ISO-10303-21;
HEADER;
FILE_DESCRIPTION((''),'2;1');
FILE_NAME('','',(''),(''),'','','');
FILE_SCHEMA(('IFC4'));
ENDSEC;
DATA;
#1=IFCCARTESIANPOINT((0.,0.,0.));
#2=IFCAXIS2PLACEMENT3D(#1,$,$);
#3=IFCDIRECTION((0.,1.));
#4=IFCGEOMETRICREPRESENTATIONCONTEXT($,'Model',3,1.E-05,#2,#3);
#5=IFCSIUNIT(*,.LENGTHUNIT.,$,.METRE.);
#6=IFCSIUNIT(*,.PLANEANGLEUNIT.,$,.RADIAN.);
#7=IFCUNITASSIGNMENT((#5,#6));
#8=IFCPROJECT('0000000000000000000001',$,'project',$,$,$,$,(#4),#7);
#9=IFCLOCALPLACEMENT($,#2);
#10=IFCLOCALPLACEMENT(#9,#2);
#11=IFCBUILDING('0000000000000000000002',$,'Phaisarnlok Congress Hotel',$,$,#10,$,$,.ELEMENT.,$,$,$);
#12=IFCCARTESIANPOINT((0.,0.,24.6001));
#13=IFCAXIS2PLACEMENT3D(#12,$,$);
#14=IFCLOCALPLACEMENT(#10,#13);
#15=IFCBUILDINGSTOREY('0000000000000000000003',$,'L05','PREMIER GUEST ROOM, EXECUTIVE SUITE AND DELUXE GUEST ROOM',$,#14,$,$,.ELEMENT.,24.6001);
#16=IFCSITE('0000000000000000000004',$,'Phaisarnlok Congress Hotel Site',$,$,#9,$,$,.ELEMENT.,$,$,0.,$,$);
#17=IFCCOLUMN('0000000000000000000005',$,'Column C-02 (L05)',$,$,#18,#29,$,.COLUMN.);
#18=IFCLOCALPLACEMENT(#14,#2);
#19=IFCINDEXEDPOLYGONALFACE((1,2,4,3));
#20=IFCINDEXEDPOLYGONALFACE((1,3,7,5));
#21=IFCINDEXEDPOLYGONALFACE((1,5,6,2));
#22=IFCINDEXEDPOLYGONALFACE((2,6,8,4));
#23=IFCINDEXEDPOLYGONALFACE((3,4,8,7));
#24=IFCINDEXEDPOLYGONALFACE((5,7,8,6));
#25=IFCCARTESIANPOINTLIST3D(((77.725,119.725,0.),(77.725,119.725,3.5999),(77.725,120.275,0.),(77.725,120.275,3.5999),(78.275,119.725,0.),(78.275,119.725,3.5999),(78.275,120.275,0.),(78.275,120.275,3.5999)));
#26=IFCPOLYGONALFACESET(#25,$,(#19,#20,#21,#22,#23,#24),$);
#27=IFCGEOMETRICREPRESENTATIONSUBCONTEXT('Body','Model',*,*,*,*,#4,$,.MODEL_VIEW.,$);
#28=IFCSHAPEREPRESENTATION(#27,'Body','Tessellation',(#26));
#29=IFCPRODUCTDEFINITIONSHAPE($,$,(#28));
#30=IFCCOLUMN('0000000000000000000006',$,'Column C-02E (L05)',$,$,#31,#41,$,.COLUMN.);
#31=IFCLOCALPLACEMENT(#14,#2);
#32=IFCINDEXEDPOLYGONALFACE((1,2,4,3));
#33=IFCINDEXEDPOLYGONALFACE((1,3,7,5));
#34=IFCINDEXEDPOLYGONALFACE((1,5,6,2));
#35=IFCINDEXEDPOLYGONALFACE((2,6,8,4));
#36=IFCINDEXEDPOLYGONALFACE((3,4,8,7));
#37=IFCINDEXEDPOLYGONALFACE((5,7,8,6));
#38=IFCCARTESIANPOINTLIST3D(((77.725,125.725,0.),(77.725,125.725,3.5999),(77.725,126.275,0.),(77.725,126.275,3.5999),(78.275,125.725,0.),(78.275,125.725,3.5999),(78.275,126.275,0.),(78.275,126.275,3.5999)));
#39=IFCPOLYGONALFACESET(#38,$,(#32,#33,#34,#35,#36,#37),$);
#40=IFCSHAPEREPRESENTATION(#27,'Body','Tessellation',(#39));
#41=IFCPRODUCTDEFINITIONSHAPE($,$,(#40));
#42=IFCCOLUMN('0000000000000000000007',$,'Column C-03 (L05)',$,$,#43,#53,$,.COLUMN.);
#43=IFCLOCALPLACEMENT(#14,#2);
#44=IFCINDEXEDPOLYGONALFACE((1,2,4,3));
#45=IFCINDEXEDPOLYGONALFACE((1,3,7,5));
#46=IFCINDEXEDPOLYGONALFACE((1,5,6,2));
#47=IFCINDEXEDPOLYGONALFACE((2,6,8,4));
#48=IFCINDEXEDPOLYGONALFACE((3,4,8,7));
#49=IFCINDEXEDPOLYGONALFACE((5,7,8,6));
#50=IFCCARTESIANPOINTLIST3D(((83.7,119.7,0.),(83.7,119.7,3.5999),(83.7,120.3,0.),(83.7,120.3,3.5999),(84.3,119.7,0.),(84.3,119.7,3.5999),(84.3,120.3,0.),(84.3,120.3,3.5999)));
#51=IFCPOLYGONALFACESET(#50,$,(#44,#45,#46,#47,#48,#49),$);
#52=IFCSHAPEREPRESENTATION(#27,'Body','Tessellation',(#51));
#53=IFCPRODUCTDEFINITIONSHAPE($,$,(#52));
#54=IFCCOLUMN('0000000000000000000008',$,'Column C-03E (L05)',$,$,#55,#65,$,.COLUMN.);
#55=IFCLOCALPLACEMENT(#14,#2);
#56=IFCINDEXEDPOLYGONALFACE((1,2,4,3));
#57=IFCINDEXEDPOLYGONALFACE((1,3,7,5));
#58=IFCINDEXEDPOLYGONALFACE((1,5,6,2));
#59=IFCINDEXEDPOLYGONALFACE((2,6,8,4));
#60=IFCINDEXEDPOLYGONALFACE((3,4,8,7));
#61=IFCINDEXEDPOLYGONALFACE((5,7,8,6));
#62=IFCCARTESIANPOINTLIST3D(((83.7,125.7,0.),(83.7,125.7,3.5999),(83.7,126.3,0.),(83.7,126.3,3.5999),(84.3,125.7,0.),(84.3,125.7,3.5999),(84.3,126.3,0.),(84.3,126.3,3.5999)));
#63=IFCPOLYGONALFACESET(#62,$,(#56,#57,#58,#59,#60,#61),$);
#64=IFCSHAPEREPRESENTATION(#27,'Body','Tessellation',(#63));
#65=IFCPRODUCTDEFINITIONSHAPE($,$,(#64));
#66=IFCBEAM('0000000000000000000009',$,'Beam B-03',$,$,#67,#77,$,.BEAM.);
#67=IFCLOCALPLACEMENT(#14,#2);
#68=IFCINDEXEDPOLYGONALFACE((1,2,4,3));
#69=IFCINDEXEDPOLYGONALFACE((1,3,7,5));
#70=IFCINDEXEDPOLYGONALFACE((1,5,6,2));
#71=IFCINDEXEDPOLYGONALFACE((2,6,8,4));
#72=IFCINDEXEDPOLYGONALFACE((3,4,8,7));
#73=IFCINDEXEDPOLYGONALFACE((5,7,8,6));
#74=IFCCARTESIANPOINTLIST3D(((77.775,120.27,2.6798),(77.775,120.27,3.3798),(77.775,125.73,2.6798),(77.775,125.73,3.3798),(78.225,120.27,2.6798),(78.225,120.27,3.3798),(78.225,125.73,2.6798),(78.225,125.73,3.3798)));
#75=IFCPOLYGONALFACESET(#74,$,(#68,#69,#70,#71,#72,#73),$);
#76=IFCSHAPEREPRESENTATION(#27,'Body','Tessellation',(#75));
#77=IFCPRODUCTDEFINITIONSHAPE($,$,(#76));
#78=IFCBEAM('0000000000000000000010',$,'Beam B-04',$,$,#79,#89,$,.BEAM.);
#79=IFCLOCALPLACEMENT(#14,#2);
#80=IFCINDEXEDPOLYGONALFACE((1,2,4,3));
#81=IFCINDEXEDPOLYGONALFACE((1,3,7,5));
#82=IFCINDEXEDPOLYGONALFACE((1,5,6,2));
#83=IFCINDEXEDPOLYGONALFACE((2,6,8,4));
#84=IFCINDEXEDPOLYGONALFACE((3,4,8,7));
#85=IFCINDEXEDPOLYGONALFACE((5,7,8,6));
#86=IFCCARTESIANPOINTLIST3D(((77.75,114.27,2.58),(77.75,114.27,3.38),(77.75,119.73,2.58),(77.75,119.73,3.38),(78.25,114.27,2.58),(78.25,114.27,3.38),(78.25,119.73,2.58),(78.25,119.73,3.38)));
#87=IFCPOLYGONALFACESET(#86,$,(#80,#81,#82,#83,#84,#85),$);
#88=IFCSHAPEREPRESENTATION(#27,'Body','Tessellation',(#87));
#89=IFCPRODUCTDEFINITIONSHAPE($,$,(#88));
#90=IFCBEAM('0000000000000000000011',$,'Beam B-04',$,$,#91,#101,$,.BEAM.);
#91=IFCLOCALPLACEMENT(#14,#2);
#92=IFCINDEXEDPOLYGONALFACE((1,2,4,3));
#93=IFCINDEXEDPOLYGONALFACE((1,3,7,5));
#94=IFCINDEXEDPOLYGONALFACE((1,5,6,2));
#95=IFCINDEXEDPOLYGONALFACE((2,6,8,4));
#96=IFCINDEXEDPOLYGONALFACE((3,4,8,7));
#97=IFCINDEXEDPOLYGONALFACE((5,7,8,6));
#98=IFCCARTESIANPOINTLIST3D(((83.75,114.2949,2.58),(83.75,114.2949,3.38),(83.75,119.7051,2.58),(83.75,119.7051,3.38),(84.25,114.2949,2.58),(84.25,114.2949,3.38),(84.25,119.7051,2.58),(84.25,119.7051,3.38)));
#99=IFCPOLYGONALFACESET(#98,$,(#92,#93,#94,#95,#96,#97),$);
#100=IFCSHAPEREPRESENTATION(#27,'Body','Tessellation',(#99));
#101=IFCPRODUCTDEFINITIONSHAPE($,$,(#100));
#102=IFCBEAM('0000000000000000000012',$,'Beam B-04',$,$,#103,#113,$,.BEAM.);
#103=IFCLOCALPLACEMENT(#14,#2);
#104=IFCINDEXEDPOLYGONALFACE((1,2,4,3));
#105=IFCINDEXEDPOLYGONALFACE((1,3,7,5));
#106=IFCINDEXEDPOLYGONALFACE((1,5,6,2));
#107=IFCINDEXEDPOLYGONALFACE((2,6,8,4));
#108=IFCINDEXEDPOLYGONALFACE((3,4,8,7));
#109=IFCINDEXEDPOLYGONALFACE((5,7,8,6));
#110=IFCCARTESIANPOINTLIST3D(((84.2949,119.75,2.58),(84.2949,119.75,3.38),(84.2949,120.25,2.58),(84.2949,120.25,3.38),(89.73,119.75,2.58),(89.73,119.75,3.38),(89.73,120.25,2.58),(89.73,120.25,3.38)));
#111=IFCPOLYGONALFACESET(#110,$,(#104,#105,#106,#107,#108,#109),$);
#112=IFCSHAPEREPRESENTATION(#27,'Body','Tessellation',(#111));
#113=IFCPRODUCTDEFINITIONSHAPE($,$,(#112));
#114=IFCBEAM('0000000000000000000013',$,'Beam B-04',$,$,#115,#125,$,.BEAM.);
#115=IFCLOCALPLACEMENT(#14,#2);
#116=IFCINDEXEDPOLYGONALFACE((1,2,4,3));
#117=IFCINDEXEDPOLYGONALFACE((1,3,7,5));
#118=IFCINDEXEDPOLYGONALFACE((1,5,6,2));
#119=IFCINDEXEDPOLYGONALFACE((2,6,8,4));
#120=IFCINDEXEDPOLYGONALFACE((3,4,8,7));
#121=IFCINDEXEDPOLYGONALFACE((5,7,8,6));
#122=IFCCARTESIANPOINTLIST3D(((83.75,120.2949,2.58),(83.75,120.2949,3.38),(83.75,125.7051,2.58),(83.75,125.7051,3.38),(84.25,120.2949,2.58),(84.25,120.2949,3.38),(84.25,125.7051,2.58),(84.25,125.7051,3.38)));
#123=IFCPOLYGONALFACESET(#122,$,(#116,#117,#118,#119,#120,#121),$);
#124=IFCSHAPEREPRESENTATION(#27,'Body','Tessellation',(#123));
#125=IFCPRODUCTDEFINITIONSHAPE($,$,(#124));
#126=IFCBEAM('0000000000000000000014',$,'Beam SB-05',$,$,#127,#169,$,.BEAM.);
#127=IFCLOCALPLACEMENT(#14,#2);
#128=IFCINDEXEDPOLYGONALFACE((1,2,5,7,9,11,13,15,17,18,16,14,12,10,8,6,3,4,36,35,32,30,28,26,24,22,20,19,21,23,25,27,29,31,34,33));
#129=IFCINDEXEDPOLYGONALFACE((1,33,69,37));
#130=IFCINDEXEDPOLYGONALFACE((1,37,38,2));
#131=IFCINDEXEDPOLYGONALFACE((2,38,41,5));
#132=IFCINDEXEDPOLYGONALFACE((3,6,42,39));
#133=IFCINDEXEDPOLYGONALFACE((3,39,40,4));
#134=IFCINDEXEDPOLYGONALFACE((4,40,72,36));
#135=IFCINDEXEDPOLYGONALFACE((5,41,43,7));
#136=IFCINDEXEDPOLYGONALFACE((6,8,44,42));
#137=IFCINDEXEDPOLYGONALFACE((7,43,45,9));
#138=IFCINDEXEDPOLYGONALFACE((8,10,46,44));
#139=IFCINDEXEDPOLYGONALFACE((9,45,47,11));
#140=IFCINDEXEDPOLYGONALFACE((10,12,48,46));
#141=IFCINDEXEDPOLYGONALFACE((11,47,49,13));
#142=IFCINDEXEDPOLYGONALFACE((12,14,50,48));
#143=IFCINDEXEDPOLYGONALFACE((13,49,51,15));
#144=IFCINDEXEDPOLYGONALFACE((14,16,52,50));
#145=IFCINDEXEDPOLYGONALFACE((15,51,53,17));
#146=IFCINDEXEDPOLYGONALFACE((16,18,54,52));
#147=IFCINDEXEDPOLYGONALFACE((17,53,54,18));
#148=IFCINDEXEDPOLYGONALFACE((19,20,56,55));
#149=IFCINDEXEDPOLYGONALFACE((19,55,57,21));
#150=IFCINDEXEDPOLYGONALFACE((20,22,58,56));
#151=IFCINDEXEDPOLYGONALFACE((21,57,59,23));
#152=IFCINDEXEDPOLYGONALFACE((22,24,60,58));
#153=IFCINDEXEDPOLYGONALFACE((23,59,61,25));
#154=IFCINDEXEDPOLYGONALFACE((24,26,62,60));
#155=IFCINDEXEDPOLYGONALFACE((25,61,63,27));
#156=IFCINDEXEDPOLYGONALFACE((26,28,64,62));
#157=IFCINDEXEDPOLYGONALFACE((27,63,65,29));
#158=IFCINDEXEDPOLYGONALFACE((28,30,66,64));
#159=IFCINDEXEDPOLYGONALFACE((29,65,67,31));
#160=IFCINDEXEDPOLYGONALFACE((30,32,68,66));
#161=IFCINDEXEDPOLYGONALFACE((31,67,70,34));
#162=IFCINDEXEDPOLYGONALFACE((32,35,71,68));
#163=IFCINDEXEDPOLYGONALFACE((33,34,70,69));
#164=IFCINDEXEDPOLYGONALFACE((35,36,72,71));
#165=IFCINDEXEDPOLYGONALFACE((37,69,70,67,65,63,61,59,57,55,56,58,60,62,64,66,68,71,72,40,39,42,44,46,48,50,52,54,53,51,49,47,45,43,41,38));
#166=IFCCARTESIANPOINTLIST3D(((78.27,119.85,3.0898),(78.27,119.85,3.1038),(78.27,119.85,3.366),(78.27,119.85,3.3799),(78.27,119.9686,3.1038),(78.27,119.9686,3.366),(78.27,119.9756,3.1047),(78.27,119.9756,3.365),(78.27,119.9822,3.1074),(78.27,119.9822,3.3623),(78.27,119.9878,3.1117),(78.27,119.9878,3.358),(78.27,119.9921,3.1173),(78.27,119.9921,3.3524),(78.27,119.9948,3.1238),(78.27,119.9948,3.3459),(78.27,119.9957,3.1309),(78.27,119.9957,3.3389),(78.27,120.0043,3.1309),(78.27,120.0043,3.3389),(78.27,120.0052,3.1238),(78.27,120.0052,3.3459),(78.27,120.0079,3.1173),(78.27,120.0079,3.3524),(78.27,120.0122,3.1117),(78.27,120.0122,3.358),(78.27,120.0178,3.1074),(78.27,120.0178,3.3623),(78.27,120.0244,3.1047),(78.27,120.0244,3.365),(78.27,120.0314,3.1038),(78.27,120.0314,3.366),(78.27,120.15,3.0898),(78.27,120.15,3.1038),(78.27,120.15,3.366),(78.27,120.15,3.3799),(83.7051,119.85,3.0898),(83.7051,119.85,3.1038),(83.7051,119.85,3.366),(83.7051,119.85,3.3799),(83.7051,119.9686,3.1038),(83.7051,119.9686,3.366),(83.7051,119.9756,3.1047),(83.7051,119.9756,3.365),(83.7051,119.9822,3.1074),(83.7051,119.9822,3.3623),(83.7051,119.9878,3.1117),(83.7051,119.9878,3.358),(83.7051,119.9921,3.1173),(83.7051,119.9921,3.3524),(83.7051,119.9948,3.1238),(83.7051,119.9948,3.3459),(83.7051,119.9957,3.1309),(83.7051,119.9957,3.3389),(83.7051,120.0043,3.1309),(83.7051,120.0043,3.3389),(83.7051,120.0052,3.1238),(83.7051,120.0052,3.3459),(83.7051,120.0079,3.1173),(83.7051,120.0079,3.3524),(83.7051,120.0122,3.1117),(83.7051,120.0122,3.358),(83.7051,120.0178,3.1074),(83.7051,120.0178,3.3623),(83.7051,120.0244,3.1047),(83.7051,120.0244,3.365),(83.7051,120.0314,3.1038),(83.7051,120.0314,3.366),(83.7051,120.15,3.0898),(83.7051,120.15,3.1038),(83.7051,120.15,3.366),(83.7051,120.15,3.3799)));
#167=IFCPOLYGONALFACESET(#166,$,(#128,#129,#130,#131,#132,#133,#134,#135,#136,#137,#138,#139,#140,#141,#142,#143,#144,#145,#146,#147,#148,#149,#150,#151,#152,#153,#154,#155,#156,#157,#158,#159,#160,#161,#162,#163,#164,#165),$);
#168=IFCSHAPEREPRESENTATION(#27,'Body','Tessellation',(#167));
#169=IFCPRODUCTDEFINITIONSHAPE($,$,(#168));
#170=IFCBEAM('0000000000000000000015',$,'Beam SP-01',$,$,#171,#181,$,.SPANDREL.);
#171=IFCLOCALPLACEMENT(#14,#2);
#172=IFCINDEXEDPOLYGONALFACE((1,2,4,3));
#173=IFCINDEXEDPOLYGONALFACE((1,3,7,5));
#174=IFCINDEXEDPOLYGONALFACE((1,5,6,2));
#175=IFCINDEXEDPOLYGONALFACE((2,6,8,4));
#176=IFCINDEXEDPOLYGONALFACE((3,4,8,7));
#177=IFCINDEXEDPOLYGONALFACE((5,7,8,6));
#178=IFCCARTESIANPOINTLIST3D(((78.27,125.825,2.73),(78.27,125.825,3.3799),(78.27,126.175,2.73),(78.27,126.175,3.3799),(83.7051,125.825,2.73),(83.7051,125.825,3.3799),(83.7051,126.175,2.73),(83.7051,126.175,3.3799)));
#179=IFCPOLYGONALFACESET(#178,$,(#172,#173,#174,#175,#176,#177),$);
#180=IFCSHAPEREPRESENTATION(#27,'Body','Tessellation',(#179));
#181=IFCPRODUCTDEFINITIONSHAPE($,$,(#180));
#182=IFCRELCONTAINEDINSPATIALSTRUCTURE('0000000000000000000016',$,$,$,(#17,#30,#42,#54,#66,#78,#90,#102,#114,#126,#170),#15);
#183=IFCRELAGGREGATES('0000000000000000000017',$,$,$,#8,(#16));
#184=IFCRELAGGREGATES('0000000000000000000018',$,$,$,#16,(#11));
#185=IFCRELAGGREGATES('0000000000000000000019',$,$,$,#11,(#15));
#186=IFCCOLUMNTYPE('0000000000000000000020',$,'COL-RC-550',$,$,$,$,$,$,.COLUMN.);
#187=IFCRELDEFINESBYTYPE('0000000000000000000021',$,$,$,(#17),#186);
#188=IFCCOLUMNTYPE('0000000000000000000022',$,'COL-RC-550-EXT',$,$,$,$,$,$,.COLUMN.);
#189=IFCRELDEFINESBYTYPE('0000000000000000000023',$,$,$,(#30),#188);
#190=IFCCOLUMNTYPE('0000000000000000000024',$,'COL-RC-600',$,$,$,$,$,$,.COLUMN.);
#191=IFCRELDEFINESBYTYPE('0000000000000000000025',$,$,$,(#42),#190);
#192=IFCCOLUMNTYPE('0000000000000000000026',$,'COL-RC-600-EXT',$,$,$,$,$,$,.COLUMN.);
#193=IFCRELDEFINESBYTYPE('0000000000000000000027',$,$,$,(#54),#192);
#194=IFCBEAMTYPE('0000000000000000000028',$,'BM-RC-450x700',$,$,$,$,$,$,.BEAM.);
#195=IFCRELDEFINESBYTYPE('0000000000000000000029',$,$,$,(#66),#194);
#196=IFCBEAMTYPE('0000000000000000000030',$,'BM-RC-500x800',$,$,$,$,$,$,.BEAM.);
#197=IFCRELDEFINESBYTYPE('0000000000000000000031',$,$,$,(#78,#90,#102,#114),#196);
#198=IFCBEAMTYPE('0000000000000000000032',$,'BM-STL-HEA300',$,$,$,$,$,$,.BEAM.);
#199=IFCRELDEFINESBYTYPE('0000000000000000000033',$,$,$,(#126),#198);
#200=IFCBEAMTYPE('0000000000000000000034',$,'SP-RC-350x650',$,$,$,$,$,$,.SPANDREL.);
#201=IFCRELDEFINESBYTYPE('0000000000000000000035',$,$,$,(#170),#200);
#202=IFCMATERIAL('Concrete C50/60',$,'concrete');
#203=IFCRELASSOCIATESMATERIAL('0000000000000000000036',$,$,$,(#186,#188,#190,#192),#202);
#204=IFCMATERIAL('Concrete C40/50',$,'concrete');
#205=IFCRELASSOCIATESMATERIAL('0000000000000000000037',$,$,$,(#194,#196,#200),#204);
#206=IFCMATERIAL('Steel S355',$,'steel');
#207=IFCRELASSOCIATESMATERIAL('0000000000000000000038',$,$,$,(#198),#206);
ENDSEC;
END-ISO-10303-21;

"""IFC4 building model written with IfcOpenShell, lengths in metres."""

from ifc_helpers import new_model, si_unit, direction, frame, origin, origin_2d, place, context, subcontext, project, spatial, rectangle, i_section, extrude, material, material_profile, profile_set, type_object, element, save


model = new_model("IFC4")

# Units and contexts
model_context = context("Model", 3, precision=1e-05, world=origin(), true_north=direction((0.0, 1.0)))
body_context = subcontext(model_context, "Body", "Model", "MODEL_VIEW")
ifc_project = project(units=[si_unit("LENGTHUNIT", "METRE"), si_unit("PLANEANGLEUNIT", "RADIAN")], contexts=[model_context])

# Site, building, storey
site_placement = place(None, origin())
site = spatial("IfcSite", under=ifc_project, at=site_placement, Name="Phaisarnlok Congress Hotel Site", CompositionType="ELEMENT", RefElevation=0.0)
building_placement = place(site_placement, origin())
building = spatial("IfcBuilding", under=site, at=building_placement, Name="Phaisarnlok Congress Hotel", CompositionType="ELEMENT")
storey_placement = place(building_placement, frame((0.0, 0.0, 24.6001)))
storey = spatial("IfcBuildingStorey", under=building, at=storey_placement, Name="L05", Description="PREMIER GUEST ROOM, EXECUTIVE SUITE AND DELUXE GUEST ROOM", CompositionType="ELEMENT", Elevation=24.6001)

# Columns
ifc_material_1 = material(Name="Concrete C50/60", Category="concrete")
ifc_material_profile_1 = material_profile(ifc_material_1, rectangle(XDim=0.55, YDim=0.55, at=origin_2d()), Name="RC 550x550")
ifc_profile_set_1 = profile_set([ifc_material_profile_1], Name="Concrete C50/60")
column_type_1 = type_object("IfcColumnType", Name="COL-RC-550", PredefinedType="COLUMN", material=ifc_profile_set_1)
column_1_placement = place(storey_placement, frame((78.0, 120.0, 0.0), z_axis=(0.0, 0.0, 1.0), x_axis=(1.0, 0.0, 0.0)))
element("IfcColumn", 1, at=column_1_placement, inside=storey, type_object=column_type_1, Name="Column C-02 (L05)", PredefinedType="COLUMN", context=body_context, shape_type="SweptSolid", body=[
    extrude(rectangle(XDim=0.55, YDim=0.55, at=origin_2d()), origin(), (0.0, 0.0, 1.0), 3.5999),
])
ifc_material_profile_2 = material_profile(ifc_material_1, rectangle(XDim=0.55, YDim=0.55, at=origin_2d()), Name="RC 550x550")
ifc_profile_set_2 = profile_set([ifc_material_profile_2], Name="Concrete C50/60")
column_type_2 = type_object("IfcColumnType", Name="COL-RC-550-EXT", PredefinedType="COLUMN", material=ifc_profile_set_2)
column_2_placement = place(storey_placement, frame((78.0, 126.0, 0.0), z_axis=(0.0, 0.0, 1.0), x_axis=(1.0, 0.0, 0.0)))
element("IfcColumn", 2, at=column_2_placement, inside=storey, type_object=column_type_2, Name="Column C-02E (L05)", PredefinedType="COLUMN", context=body_context, shape_type="SweptSolid", body=[
    extrude(rectangle(XDim=0.55, YDim=0.55, at=origin_2d()), origin(), (0.0, 0.0, 1.0), 3.5999),
])
ifc_material_profile_3 = material_profile(ifc_material_1, rectangle(XDim=0.6001, YDim=0.6001, at=origin_2d()), Name="RC 600x600")
ifc_profile_set_3 = profile_set([ifc_material_profile_3], Name="Concrete C50/60")
column_type_3 = type_object("IfcColumnType", Name="COL-RC-600", PredefinedType="COLUMN", material=ifc_profile_set_3)
column_3_placement = place(storey_placement, frame((84.0, 120.0, 0.0), z_axis=(0.0, 0.0, 1.0), x_axis=(1.0, 0.0, 0.0)))
element("IfcColumn", 3, at=column_3_placement, inside=storey, type_object=column_type_3, Name="Column C-03 (L05)", PredefinedType="COLUMN", context=body_context, shape_type="SweptSolid", body=[
    extrude(rectangle(XDim=0.6001, YDim=0.6001, at=origin_2d()), origin(), (0.0, 0.0, 1.0), 3.5999),
])
ifc_material_profile_4 = material_profile(ifc_material_1, rectangle(XDim=0.6001, YDim=0.6001, at=origin_2d()), Name="RC 600x600")
ifc_profile_set_4 = profile_set([ifc_material_profile_4], Name="Concrete C50/60")
column_type_4 = type_object("IfcColumnType", Name="COL-RC-600-EXT", PredefinedType="COLUMN", material=ifc_profile_set_4)
column_4_placement = place(storey_placement, frame((84.0, 126.0, 0.0), z_axis=(0.0, 0.0, 1.0), x_axis=(1.0, 0.0, 0.0)))
element("IfcColumn", 4, at=column_4_placement, inside=storey, type_object=column_type_4, Name="Column C-03E (L05)", PredefinedType="COLUMN", context=body_context, shape_type="SweptSolid", body=[
    extrude(rectangle(XDim=0.6001, YDim=0.6001, at=origin_2d()), origin(), (0.0, 0.0, 1.0), 3.5999),
])

# Beams
ifc_material_2 = material(Name="Concrete C40/50", Category="concrete")
ifc_material_profile_5 = material_profile(ifc_material_2, rectangle(XDim=0.45, YDim=0.7, at=origin_2d()), Name="RC 450x700")
ifc_profile_set_5 = profile_set([ifc_material_profile_5], Name="Concrete C40/50")
beam_type_1 = type_object("IfcBeamType", Name="BM-RC-450x700", PredefinedType="BEAM", material=ifc_profile_set_5)
beam_1_placement = place(storey_placement, frame((78.0, 120.27, 3.0298), z_axis=(0.0, 1.0, 0.0), x_axis=(-1.0, 0.0, 0.0)))
element("IfcBeam", 5, at=beam_1_placement, inside=storey, type_object=beam_type_1, Name="Beam B-03", PredefinedType="BEAM", context=body_context, shape_type="SweptSolid", body=[
    extrude(rectangle(XDim=0.45, YDim=0.7, at=origin_2d()), origin(), (0.0, 0.0, 1.0), 5.46),
])
ifc_material_profile_6 = material_profile(ifc_material_2, rectangle(XDim=0.5, YDim=0.8, at=origin_2d()), Name="RC 500x800")
ifc_profile_set_6 = profile_set([ifc_material_profile_6], Name="Concrete C40/50")
beam_type_2 = type_object("IfcBeamType", Name="BM-RC-500x800", PredefinedType="BEAM", material=ifc_profile_set_6)
beam_2_placement = place(storey_placement, frame((78.0, 114.27, 2.98), z_axis=(0.0, 1.0, 0.0), x_axis=(-1.0, 0.0, 0.0)))
element("IfcBeam", 6, at=beam_2_placement, inside=storey, type_object=beam_type_2, Name="Beam B-04", PredefinedType="BEAM", context=body_context, shape_type="SweptSolid", body=[
    extrude(rectangle(XDim=0.5, YDim=0.8, at=origin_2d()), origin(), (0.0, 0.0, 1.0), 5.46),
])
beam_3_placement = place(storey_placement, frame((84.0, 114.2949, 2.98), z_axis=(0.0, 1.0, 0.0), x_axis=(-1.0, 0.0, 0.0)))
element("IfcBeam", 7, at=beam_3_placement, inside=storey, type_object=beam_type_2, Name="Beam B-04", PredefinedType="BEAM", context=body_context, shape_type="SweptSolid", body=[
    extrude(rectangle(XDim=0.5, YDim=0.8, at=origin_2d()), origin(), (0.0, 0.0, 1.0), 5.4102),
])
beam_4_placement = place(storey_placement, frame((84.2949, 120.0, 2.98), z_axis=(1.0, 0.0, 0.0), x_axis=(0.0, 1.0, 0.0)))
element("IfcBeam", 8, at=beam_4_placement, inside=storey, type_object=beam_type_2, Name="Beam B-04", PredefinedType="BEAM", context=body_context, shape_type="SweptSolid", body=[
    extrude(rectangle(XDim=0.5, YDim=0.8, at=origin_2d()), origin(), (0.0, 0.0, 1.0), 5.4351),
])
beam_5_placement = place(storey_placement, frame((84.0, 120.2949, 2.98), z_axis=(0.0, 1.0, 0.0), x_axis=(-1.0, 0.0, 0.0)))
element("IfcBeam", 9, at=beam_5_placement, inside=storey, type_object=beam_type_2, Name="Beam B-04", PredefinedType="BEAM", context=body_context, shape_type="SweptSolid", body=[
    extrude(rectangle(XDim=0.5, YDim=0.8, at=origin_2d()), origin(), (0.0, 0.0, 1.0), 5.4102),
])
ifc_material_3 = material(Name="Steel S355", Category="steel")
ifc_material_profile_7 = material_profile(ifc_material_3, i_section(OverallWidth=0.3, OverallDepth=0.29, WebThickness=0.0085, FlangeThickness=0.0139, FilletRadius=0.0271, at=origin_2d()), Name="HEA 300")
ifc_profile_set_7 = profile_set([ifc_material_profile_7], Name="Steel S355")
beam_type_3 = type_object("IfcBeamType", Name="BM-STL-HEA300", PredefinedType="BEAM", material=ifc_profile_set_7)
beam_6_placement = place(storey_placement, frame((78.27, 120.0, 3.2349), z_axis=(1.0, 0.0, 0.0), x_axis=(0.0, 1.0, 0.0)))
element("IfcBeam", 10, at=beam_6_placement, inside=storey, type_object=beam_type_3, Name="Beam SB-05", PredefinedType="BEAM", context=body_context, shape_type="SweptSolid", body=[
    extrude(i_section(OverallWidth=0.3, OverallDepth=0.29, WebThickness=0.0085, FlangeThickness=0.0139, FilletRadius=0.0271, at=origin_2d()), origin(), (0.0, 0.0, 1.0), 5.4351),
])
ifc_material_profile_8 = material_profile(ifc_material_2, rectangle(XDim=0.3501, YDim=0.6499, at=origin_2d()), Name="RC 350x650")
ifc_profile_set_8 = profile_set([ifc_material_profile_8], Name="Concrete C40/50")
beam_type_4 = type_object("IfcBeamType", Name="SP-RC-350x650", PredefinedType="SPANDREL", material=ifc_profile_set_8)
beam_7_placement = place(storey_placement, frame((78.27, 126.0, 3.0549), z_axis=(1.0, 0.0, 0.0), x_axis=(0.0, 1.0, 0.0)))
element("IfcBeam", 11, at=beam_7_placement, inside=storey, type_object=beam_type_4, Name="Beam SP-01", PredefinedType="SPANDREL", context=body_context, shape_type="SweptSolid", body=[
    extrude(rectangle(XDim=0.3501, YDim=0.6499, at=origin_2d()), origin(), (0.0, 0.0, 1.0), 5.4351),
])

save(model, "model.ifc")
